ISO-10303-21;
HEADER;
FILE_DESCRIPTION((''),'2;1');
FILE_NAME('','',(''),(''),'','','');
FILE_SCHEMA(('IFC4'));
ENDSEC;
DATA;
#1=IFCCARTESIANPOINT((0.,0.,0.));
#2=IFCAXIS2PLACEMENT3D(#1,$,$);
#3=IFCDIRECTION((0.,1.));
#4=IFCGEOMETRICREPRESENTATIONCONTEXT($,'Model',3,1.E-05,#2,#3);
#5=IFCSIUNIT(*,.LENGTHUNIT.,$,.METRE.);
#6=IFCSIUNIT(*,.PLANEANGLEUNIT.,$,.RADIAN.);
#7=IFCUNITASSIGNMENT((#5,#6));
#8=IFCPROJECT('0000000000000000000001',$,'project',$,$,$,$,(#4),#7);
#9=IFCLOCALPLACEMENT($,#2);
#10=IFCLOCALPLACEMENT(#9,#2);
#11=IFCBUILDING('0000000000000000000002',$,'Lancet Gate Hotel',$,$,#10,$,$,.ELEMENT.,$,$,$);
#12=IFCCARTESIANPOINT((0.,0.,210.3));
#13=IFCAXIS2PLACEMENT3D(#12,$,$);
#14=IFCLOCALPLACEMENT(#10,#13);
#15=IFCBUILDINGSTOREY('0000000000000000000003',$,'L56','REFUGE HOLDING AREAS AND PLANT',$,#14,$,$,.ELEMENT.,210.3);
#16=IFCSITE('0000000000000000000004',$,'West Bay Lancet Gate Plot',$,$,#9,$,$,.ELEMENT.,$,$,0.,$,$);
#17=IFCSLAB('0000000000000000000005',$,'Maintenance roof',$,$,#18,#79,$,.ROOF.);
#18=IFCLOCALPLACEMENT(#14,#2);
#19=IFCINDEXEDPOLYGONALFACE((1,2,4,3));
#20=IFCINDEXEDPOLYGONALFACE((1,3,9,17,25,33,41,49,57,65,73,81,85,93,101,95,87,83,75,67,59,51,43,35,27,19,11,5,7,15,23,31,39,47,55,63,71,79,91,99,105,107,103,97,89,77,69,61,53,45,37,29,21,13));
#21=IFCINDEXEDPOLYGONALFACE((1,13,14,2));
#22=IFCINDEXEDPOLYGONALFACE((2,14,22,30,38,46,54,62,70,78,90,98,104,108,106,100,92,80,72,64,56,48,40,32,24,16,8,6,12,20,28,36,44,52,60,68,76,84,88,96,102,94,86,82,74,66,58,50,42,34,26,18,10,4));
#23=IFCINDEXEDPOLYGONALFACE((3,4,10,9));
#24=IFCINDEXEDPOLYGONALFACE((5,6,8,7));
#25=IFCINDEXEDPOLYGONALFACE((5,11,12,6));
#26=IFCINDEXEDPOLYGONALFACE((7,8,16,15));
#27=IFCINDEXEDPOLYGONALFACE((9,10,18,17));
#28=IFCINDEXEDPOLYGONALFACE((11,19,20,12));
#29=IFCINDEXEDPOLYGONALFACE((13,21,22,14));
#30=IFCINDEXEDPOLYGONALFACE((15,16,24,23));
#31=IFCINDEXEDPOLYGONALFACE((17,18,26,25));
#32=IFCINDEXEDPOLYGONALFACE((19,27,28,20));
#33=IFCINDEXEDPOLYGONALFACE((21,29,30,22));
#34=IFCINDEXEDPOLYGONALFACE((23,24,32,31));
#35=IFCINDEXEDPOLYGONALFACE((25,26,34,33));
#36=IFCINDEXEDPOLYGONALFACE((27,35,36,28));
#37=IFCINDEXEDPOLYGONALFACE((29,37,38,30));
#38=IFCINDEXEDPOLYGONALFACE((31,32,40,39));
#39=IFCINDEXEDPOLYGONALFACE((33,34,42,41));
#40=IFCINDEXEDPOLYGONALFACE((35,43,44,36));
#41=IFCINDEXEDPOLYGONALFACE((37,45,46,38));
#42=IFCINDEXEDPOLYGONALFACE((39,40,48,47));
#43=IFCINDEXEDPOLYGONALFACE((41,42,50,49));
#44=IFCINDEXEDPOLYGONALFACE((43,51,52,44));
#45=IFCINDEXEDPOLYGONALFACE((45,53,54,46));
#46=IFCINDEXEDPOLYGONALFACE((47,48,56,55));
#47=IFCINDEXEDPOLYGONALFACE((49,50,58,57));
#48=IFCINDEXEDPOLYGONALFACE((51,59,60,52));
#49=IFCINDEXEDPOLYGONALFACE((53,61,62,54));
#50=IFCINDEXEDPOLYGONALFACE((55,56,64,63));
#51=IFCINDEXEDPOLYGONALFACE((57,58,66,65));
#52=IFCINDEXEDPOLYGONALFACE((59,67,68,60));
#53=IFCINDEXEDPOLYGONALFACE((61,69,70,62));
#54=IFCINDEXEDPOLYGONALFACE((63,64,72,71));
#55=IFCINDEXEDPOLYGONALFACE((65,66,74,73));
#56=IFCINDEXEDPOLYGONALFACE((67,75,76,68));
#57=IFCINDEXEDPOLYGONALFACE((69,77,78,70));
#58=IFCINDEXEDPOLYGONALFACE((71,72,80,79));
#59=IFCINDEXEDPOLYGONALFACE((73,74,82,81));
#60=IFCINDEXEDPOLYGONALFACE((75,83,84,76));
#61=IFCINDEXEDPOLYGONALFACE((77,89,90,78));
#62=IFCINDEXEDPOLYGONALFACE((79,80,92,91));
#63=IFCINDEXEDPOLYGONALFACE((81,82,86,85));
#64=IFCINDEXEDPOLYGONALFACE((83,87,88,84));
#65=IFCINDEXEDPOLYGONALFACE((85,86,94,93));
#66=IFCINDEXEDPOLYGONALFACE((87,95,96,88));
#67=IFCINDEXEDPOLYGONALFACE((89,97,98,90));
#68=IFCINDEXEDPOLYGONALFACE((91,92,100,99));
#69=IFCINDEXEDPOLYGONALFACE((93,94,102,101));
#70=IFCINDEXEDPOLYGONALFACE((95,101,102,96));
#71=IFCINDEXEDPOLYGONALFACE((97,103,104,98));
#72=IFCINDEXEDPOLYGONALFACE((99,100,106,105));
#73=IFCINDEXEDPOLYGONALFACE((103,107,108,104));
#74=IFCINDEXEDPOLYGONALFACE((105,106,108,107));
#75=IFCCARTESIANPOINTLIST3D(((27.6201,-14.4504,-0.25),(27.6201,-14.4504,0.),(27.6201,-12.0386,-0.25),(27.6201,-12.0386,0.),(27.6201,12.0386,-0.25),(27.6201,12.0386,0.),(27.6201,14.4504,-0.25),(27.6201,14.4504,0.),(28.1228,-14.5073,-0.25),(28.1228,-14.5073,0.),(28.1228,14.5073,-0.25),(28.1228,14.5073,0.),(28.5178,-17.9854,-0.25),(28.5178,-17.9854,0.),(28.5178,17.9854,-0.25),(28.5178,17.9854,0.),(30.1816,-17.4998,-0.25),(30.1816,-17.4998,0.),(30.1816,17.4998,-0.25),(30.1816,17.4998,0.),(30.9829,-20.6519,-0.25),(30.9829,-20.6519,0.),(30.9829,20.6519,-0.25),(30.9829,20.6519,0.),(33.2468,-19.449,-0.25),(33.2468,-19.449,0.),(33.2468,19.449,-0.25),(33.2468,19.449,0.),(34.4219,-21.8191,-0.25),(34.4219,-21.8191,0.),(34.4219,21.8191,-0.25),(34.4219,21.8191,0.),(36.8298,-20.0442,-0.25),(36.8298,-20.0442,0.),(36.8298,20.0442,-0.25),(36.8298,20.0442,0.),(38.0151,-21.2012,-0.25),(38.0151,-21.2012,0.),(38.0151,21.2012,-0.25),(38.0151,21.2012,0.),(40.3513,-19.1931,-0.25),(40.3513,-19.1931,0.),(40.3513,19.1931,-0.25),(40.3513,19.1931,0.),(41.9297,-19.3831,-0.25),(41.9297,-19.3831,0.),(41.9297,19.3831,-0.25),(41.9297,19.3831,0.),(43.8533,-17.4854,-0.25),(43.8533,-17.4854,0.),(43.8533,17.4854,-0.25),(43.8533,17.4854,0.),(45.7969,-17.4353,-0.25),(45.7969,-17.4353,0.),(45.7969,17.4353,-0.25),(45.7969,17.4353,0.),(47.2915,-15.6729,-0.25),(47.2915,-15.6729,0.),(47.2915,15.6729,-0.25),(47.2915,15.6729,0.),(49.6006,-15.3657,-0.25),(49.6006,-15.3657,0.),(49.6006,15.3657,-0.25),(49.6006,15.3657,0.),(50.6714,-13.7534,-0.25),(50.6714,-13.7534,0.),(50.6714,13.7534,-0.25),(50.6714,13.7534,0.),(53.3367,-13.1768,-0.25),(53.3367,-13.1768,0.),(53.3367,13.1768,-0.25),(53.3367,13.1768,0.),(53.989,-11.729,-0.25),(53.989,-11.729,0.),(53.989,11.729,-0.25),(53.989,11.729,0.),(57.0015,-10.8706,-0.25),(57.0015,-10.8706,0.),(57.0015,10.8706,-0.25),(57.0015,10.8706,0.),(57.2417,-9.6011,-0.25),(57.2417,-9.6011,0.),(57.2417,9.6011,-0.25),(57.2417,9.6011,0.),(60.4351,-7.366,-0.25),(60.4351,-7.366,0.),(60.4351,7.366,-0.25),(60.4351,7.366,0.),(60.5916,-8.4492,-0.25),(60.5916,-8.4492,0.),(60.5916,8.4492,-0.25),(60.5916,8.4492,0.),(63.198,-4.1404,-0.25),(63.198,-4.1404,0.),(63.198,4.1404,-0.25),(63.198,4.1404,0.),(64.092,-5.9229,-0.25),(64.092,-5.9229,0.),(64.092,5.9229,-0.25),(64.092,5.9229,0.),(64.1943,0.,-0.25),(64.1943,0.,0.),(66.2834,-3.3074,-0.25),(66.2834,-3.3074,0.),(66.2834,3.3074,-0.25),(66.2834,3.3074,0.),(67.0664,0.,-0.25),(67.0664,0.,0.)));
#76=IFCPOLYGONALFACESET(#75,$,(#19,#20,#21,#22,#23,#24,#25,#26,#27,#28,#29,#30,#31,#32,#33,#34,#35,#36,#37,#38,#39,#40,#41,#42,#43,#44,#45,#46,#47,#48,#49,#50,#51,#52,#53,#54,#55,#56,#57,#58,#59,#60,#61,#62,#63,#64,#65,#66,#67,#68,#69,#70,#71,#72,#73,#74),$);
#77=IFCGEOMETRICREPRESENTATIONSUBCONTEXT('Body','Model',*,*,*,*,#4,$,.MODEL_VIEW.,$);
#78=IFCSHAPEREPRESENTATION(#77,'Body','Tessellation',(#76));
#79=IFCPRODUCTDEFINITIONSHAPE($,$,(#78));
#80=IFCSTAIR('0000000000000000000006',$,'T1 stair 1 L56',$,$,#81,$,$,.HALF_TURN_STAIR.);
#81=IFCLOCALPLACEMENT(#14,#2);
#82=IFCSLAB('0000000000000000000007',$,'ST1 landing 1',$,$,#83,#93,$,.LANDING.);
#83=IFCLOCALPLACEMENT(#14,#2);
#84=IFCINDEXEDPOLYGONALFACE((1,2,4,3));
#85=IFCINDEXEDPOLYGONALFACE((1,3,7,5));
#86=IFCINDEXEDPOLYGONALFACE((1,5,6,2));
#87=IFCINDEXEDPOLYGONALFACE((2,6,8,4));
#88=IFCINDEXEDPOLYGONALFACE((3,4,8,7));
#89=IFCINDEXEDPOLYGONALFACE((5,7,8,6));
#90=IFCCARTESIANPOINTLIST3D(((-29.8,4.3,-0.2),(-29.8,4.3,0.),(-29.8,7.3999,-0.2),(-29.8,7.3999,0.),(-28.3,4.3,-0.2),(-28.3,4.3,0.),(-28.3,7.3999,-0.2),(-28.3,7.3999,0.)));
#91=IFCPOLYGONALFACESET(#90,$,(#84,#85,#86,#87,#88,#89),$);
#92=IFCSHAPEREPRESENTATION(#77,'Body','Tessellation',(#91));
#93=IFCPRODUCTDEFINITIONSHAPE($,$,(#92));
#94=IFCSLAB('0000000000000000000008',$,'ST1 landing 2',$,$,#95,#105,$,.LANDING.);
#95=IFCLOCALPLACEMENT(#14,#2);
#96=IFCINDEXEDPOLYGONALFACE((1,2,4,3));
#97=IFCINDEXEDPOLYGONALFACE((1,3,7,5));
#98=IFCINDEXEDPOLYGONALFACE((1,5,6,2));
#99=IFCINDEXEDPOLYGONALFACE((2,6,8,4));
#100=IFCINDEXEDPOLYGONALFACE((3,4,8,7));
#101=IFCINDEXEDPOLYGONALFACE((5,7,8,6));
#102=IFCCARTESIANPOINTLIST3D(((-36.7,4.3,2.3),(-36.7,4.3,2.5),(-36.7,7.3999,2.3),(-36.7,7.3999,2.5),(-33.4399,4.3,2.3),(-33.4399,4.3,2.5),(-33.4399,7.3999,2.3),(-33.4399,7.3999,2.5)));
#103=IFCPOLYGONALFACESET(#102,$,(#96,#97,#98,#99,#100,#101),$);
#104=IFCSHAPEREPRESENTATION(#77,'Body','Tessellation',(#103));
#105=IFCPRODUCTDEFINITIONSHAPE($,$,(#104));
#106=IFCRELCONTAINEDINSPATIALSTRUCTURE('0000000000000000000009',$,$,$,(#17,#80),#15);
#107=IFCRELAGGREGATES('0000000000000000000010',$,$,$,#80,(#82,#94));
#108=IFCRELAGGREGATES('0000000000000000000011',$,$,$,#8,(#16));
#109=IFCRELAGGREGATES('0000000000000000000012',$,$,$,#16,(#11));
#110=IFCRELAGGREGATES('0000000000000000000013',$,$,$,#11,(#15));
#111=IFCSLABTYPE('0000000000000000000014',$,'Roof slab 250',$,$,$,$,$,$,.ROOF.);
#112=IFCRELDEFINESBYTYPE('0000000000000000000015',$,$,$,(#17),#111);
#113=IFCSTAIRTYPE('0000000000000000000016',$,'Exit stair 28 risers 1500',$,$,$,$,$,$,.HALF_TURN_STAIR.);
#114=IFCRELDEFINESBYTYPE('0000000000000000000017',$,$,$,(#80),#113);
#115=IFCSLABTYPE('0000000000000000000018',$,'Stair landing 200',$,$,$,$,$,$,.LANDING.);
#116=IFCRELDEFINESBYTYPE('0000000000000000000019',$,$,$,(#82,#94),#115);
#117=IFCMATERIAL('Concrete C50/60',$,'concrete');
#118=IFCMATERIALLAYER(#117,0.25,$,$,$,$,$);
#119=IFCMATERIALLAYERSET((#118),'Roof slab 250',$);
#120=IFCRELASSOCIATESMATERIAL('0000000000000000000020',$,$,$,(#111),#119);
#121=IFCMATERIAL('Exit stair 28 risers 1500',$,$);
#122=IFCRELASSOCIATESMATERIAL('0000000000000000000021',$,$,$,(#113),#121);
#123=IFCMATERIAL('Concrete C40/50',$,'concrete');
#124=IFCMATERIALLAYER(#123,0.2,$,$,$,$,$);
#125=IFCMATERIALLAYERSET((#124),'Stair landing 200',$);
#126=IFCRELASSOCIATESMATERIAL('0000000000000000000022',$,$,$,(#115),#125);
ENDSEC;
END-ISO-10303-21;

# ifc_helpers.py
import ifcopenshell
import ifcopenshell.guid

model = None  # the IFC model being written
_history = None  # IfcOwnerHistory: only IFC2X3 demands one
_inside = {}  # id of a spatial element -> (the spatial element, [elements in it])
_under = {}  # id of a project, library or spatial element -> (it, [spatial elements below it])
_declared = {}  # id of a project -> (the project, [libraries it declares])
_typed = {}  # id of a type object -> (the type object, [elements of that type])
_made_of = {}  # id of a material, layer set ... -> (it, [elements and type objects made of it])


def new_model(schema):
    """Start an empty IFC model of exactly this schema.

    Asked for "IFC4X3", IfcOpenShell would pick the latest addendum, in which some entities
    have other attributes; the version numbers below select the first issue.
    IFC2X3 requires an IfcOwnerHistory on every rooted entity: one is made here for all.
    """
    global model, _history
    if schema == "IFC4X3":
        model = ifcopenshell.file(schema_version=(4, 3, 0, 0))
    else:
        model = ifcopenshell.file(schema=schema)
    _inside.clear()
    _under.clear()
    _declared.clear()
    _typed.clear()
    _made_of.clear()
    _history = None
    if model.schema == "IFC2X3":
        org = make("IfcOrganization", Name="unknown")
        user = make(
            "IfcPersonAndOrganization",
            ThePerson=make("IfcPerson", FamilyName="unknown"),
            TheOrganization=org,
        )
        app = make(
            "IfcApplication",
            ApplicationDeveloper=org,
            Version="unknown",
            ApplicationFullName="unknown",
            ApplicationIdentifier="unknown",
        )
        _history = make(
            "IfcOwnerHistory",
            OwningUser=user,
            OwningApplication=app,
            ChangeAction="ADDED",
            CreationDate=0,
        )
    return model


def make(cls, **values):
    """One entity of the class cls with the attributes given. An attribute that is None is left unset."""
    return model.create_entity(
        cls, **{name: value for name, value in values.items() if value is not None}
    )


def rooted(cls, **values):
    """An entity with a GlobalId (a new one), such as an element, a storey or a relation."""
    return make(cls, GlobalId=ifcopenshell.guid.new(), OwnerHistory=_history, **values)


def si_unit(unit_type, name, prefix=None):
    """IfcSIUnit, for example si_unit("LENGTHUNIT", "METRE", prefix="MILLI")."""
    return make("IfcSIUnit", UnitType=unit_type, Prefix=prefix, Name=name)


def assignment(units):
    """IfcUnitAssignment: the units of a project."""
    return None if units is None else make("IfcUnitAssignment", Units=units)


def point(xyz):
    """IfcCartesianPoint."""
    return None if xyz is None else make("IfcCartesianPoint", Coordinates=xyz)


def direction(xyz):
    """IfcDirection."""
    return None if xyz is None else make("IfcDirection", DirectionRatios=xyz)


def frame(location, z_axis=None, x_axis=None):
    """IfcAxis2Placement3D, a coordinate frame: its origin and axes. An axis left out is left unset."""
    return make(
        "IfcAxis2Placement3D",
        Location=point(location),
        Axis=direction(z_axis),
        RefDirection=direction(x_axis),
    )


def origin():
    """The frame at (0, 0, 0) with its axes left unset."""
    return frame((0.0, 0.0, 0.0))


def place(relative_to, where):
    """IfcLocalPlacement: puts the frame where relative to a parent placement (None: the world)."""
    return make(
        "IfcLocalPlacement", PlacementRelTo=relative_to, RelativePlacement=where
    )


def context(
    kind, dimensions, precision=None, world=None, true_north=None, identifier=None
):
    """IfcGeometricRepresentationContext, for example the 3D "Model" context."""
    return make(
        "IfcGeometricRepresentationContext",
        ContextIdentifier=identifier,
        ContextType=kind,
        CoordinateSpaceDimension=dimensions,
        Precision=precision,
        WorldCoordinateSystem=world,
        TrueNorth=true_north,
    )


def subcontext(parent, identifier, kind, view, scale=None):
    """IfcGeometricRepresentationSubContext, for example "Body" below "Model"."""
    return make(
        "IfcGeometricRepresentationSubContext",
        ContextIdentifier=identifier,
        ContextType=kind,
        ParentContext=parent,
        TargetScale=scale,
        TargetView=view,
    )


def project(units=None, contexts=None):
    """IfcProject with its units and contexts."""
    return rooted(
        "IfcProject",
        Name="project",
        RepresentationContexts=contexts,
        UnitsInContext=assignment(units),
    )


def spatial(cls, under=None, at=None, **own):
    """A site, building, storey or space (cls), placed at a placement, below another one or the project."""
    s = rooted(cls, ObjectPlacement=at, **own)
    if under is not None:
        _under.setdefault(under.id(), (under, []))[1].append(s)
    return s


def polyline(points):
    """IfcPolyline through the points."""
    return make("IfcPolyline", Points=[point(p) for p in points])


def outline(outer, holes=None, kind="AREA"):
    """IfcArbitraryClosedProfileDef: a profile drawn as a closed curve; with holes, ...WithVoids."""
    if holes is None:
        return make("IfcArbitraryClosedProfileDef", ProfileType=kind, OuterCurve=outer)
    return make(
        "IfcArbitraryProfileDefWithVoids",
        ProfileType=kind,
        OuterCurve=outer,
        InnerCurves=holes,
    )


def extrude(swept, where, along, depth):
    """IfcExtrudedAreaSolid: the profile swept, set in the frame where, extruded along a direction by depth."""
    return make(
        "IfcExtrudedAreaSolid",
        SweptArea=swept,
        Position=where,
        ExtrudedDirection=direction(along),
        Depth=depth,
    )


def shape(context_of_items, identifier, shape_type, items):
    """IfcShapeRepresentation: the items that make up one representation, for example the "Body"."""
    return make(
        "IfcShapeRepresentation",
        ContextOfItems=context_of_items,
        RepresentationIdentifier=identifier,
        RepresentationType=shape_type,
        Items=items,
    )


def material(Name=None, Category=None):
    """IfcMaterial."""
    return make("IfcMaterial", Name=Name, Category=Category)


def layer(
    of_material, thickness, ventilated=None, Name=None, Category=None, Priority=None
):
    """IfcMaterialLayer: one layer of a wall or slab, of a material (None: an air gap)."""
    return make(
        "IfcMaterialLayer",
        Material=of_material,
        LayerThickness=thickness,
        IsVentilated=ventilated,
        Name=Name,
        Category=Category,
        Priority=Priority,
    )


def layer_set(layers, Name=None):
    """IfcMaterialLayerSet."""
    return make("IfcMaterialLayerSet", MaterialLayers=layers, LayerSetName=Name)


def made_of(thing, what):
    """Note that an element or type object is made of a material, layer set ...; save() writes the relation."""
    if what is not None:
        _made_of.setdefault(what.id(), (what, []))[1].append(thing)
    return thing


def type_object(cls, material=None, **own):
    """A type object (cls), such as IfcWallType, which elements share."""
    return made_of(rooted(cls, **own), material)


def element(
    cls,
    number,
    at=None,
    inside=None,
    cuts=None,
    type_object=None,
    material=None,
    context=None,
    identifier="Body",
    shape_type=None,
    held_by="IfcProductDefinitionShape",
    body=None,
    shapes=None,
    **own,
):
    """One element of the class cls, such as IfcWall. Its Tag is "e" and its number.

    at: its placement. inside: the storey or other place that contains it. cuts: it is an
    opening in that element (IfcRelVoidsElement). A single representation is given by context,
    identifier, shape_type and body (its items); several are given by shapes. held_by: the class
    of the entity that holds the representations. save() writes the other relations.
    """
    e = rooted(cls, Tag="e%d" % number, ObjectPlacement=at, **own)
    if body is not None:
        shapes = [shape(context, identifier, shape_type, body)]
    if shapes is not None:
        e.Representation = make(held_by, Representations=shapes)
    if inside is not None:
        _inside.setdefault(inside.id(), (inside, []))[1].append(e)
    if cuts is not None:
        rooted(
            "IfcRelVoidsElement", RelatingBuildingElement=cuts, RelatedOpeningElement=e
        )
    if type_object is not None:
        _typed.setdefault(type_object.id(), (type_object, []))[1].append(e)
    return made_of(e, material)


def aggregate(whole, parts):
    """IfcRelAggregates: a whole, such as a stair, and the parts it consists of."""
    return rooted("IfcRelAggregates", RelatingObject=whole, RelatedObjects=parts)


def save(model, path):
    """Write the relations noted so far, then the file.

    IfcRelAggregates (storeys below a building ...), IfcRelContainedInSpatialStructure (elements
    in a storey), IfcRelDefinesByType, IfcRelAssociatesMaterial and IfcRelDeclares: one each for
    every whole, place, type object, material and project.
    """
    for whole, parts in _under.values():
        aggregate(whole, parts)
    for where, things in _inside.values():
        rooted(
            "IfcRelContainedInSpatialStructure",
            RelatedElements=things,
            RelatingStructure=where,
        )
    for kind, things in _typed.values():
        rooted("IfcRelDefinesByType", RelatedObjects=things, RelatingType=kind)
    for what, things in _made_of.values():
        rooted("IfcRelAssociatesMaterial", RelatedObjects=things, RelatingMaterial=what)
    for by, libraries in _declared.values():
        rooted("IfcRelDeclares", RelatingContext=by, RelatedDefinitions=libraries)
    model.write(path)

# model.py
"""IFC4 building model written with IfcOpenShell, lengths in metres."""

from ifc_helpers import new_model, si_unit, direction, frame, origin, place, context, subcontext, project, spatial, polyline, outline, extrude, material, layer, layer_set, type_object, element, aggregate, save


model = new_model("IFC4")

# Units and contexts
model_context = context("Model", 3, precision=1e-05, world=origin(), true_north=direction((0.0, 1.0)))
body_context = subcontext(model_context, "Body", "Model", "MODEL_VIEW")
ifc_project = project(units=[si_unit("LENGTHUNIT", "METRE"), si_unit("PLANEANGLEUNIT", "RADIAN")], contexts=[model_context])

# Site, building, storey
site_placement = place(None, origin())
site = spatial("IfcSite", under=ifc_project, at=site_placement, Name="West Bay Lancet Gate Plot", CompositionType="ELEMENT", RefElevation=0.0)
building_placement = place(site_placement, origin())
building = spatial("IfcBuilding", under=site, at=building_placement, Name="Lancet Gate Hotel", CompositionType="ELEMENT")
storey_placement = place(building_placement, frame((0.0, 0.0, 210.3)))
storey = spatial("IfcBuildingStorey", under=building, at=storey_placement, Name="L56", Description="REFUGE HOLDING AREAS AND PLANT", CompositionType="ELEMENT", Elevation=210.3)

# Slab
ifc_material_1 = material(Name="Concrete C50/60", Category="concrete")
ifc_layer_1 = layer(ifc_material_1, 0.25)
ifc_layer_set_1 = layer_set([ifc_layer_1], Name="Roof slab 250")
slab_type_1 = type_object("IfcSlabType", Name="Roof slab 250", PredefinedType="ROOF", material=ifc_layer_set_1)
slab_1_placement = place(storey_placement, frame((0.0, 0.0, -0.25)))
element("IfcSlab", 1, at=slab_1_placement, inside=storey, type_object=slab_type_1, Name="Maintenance roof", PredefinedType="ROOF", context=body_context, shape_type="SweptSolid", body=[
    extrude(outline(polyline([(27.6201, -14.4504), (28.5178, -17.9854), (30.9829, -20.6519), (34.4219, -21.8191), (38.0151, -21.2012), (41.9297, -19.3831), (45.7969, -17.4353), (49.6006, -15.3657), (53.3367, -13.1768), (57.0015, -10.8706), (60.5916, -8.4492), (64.092, -5.9229), (66.2834, -3.3074), (67.0664, 0.0), (66.2834, 3.3074), (64.092, 5.9229), (60.5916, 8.4492), (57.0015, 10.8706), (53.3367, 13.1768), (49.6006, 15.3657), (45.7969, 17.4353), (41.9297, 19.3831), (38.0151, 21.2012), (34.4219, 21.8191), (30.9829, 20.6519), (28.5178, 17.9854), (27.6201, 14.4504), (27.6201, 12.0386), (28.1228, 14.5073), (30.1816, 17.4998), (33.2468, 19.449), (36.8298, 20.0442), (40.3513, 19.1931), (43.8533, 17.4854), (47.2915, 15.6729), (50.6714, 13.7534), (53.989, 11.729), (57.2417, 9.6011), (60.4351, 7.366), (63.198, 4.1404), (64.1943, 0.0), (63.198, -4.1404), (60.4351, -7.366), (57.2417, -9.6011), (53.989, -11.729), (50.6714, -13.7534), (47.2915, -15.6729), (43.8533, -17.4854), (40.3513, -19.1931), (36.8298, -20.0442), (33.2468, -19.449), (30.1816, -17.4998), (28.1228, -14.5073), (27.6201, -12.0386), (27.6201, -14.4504)])), origin(), (0.0, 0.0, 1.0), 0.25),
])

# Stair, slabs
ifc_material_2 = material(Name="Exit stair 28 risers 1500")
stair_type = type_object("IfcStairType", Name="Exit stair 28 risers 1500", PredefinedType="HALF_TURN_STAIR", material=ifc_material_2)
stair_placement = place(storey_placement, origin())
stair = element("IfcStair", 2, at=stair_placement, inside=storey, type_object=stair_type, Name="T1 stair 1 L56", PredefinedType="HALF_TURN_STAIR")
ifc_material_3 = material(Name="Concrete C40/50", Category="concrete")
ifc_layer_2 = layer(ifc_material_3, 0.2)
ifc_layer_set_2 = layer_set([ifc_layer_2], Name="Stair landing 200")
slab_type_2 = type_object("IfcSlabType", Name="Stair landing 200", PredefinedType="LANDING", material=ifc_layer_set_2)
slab_2_placement = place(storey_placement, frame((0.0, 0.0, -0.2)))
slab_2 = element("IfcSlab", 3, at=slab_2_placement, type_object=slab_type_2, Name="ST1 landing 1", PredefinedType="LANDING", context=body_context, shape_type="SweptSolid", body=[
    extrude(outline(polyline([(-28.3, 7.3999), (-29.8, 7.3999), (-29.8, 4.3), (-28.3, 4.3), (-28.3, 7.3999)])), origin(), (0.0, 0.0, 1.0), 0.2),
])
slab_3_placement = place(storey_placement, frame((0.0, 0.0, 2.3)))
slab_3 = element("IfcSlab", 4, at=slab_3_placement, type_object=slab_type_2, Name="ST1 landing 2", PredefinedType="LANDING", context=body_context, shape_type="SweptSolid", body=[
    extrude(outline(polyline([(-33.4399, 7.3999), (-36.7, 7.3999), (-36.7, 4.3), (-33.4399, 4.3), (-33.4399, 7.3999)])), origin(), (0.0, 0.0, 1.0), 0.2),
])
aggregate(stair, [slab_2, slab_3])

save(model, "model.ifc")
